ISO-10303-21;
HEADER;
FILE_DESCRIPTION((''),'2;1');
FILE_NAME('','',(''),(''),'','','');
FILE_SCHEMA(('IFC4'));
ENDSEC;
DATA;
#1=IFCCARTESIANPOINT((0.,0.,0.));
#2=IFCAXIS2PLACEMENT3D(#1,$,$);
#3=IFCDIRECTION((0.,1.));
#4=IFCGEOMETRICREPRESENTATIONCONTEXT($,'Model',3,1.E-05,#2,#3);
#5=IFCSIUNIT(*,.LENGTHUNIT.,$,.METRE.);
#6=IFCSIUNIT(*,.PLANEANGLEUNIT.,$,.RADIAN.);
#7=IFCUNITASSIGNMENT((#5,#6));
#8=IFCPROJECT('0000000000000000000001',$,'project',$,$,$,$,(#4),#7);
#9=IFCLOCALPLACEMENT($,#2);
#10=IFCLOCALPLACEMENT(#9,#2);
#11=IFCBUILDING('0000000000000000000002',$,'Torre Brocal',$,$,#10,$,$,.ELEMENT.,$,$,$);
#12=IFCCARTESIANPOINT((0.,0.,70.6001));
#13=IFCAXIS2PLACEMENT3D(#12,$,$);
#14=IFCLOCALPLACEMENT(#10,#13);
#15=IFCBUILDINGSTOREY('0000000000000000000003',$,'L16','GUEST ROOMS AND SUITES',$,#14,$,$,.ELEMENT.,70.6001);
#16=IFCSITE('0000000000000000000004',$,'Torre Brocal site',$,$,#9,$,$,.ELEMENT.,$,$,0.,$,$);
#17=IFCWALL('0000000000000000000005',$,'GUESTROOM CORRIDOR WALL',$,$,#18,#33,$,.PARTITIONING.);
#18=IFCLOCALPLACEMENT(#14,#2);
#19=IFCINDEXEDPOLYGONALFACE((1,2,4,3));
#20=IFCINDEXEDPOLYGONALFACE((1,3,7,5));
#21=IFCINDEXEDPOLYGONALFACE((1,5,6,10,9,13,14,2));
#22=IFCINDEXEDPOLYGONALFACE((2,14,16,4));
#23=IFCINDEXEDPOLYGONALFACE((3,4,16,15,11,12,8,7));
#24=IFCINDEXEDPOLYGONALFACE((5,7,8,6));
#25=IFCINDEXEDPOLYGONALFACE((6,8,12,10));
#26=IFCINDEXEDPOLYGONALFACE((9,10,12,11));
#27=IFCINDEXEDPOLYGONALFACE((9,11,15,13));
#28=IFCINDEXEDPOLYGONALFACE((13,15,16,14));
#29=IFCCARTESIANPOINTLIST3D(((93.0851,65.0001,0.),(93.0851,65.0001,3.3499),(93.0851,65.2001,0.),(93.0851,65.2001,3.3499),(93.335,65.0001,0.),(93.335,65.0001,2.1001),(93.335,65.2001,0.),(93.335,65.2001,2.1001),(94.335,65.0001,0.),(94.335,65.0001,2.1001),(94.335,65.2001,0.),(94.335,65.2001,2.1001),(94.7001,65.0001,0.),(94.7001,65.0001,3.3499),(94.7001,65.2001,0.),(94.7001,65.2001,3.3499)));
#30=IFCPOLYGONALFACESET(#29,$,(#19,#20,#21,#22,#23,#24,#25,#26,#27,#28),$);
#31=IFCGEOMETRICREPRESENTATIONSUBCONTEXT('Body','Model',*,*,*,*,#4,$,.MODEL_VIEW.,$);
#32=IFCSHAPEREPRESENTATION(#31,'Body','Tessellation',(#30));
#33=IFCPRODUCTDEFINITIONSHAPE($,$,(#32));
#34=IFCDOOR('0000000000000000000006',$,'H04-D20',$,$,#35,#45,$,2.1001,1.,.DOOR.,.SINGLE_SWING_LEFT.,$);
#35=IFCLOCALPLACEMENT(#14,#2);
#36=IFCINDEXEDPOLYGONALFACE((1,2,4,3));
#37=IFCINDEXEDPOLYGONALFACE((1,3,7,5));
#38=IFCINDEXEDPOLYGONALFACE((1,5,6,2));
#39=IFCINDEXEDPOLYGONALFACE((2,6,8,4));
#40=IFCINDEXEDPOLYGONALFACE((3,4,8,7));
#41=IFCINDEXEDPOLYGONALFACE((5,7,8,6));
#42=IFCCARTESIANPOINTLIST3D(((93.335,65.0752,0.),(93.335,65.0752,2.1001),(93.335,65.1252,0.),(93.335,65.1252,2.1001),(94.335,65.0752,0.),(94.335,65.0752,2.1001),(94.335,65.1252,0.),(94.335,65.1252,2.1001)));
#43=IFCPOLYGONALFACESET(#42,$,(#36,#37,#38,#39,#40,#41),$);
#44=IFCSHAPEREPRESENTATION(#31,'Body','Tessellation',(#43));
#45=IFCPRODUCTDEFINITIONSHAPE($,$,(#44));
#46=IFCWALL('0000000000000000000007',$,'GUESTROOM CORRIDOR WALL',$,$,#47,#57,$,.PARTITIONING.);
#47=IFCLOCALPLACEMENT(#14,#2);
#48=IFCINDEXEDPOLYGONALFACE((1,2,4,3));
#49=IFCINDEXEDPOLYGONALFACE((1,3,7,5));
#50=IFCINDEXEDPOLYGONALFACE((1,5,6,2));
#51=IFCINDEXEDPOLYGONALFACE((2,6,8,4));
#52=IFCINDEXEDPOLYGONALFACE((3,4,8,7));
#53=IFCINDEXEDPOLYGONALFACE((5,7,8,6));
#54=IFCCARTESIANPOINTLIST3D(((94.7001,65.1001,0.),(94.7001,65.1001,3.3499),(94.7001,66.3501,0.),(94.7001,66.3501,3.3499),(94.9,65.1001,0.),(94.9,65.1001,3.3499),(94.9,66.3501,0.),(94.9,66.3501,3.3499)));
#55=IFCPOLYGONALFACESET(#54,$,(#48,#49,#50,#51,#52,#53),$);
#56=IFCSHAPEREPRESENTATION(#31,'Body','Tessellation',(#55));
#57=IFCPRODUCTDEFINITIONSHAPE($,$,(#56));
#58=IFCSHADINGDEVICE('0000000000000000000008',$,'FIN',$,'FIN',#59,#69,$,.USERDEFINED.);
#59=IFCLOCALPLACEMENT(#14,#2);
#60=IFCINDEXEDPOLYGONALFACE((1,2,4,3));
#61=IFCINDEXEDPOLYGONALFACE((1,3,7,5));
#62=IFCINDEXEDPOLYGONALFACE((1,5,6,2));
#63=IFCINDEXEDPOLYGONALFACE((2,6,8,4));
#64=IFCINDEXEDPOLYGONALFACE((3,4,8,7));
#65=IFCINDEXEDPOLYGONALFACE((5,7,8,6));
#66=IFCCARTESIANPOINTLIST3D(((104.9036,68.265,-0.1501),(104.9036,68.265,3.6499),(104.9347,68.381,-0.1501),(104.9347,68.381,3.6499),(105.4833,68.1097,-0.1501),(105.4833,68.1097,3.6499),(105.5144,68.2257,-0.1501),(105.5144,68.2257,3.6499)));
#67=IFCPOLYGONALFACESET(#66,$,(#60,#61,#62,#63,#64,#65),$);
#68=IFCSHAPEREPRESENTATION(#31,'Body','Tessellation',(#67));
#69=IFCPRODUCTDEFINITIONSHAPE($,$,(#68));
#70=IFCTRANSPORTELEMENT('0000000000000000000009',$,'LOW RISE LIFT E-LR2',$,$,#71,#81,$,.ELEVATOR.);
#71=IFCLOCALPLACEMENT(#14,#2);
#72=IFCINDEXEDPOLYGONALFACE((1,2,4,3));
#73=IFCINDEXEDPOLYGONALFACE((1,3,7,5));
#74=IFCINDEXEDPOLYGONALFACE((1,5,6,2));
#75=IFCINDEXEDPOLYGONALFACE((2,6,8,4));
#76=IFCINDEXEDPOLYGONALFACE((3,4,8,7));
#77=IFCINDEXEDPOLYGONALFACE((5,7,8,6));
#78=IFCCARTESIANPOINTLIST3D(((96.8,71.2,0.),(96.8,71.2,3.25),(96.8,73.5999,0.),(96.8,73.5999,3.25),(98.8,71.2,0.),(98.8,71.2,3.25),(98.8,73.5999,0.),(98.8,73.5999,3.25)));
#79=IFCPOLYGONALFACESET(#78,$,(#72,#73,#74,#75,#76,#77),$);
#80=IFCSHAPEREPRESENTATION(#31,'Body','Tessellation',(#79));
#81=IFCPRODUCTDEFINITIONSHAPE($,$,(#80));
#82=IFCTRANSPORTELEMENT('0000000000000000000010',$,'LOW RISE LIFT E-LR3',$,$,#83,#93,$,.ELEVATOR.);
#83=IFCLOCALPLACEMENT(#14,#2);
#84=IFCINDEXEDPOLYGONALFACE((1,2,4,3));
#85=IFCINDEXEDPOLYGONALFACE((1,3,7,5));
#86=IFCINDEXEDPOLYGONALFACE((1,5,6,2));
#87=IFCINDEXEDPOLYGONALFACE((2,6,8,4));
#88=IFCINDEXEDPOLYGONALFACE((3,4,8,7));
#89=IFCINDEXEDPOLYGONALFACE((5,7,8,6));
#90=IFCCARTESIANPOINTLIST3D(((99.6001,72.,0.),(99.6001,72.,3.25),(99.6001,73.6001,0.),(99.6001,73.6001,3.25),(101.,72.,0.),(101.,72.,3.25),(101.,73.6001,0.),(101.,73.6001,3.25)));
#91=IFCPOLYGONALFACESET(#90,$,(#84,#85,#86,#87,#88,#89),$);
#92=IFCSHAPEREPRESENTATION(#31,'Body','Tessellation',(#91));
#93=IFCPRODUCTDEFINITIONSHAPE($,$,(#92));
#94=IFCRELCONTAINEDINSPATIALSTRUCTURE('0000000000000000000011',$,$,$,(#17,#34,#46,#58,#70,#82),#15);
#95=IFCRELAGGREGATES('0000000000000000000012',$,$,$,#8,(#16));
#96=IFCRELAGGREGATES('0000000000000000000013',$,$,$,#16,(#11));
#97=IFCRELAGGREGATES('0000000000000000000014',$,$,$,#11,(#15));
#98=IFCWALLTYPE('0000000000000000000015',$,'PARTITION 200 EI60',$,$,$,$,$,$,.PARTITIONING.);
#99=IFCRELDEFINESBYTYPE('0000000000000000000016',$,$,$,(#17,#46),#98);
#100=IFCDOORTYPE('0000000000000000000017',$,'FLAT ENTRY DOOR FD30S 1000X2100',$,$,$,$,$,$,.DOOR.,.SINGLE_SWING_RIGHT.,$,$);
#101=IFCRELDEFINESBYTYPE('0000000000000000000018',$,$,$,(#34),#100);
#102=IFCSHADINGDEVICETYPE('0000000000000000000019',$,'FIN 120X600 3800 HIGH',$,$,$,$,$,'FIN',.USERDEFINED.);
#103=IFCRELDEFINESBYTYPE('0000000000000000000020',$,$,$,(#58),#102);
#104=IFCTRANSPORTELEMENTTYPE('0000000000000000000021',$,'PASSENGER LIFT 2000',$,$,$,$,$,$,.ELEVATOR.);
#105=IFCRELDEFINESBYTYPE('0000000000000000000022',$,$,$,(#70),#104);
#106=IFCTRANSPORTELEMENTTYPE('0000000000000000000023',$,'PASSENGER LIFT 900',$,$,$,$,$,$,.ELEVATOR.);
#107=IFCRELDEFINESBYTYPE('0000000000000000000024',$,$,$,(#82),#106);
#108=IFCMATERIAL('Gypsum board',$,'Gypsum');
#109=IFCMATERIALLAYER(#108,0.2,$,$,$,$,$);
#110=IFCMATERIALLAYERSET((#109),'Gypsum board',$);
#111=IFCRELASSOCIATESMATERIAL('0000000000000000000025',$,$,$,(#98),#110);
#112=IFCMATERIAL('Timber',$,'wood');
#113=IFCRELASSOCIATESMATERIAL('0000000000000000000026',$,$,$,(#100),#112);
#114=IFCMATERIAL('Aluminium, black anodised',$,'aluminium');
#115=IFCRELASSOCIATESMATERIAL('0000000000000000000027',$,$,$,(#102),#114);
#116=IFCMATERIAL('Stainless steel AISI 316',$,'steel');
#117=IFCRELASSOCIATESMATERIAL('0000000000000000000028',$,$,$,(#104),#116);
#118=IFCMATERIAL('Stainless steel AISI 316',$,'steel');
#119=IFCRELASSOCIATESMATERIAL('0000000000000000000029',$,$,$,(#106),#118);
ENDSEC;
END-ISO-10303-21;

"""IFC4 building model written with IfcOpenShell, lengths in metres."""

from ifc_helpers import new_model, si_unit, direction, frame, frame_2d, origin, origin_2d, place, context, subcontext, project, spatial, rectangle, extrude, material, layer, layer_set, material_profile, profile_set, type_object, element, fill, save


model = new_model("IFC4")

# Units and contexts
model_context = context("Model", 3, precision=1e-05, world=origin(), true_north=direction((0.0, 1.0)))
body_context = subcontext(model_context, "Body", "Model", "MODEL_VIEW")
ifc_project = project(units=[si_unit("LENGTHUNIT", "METRE"), si_unit("PLANEANGLEUNIT", "RADIAN")], contexts=[model_context])

# Site, building, storey
site_placement = place(None, origin())
site = spatial("IfcSite", under=ifc_project, at=site_placement, Name="Torre Brocal site", CompositionType="ELEMENT", RefElevation=0.0)
building_placement = place(site_placement, origin())
building = spatial("IfcBuilding", under=site, at=building_placement, Name="Torre Brocal", CompositionType="ELEMENT")
storey_placement = place(building_placement, frame((0.0, 0.0, 70.6001)))
storey = spatial("IfcBuildingStorey", under=building, at=storey_placement, Name="L16", Description="GUEST ROOMS AND SUITES", CompositionType="ELEMENT", Elevation=70.6001)

# Wall, opening, door
ifc_material_1 = material(Name="Gypsum board", Category="Gypsum")
ifc_layer_1 = layer(ifc_material_1, 0.2)
ifc_layer_set_1 = layer_set([ifc_layer_1], Name="Gypsum board")
wall_type_1 = type_object("IfcWallType", Name="PARTITION 200 EI60", PredefinedType="PARTITIONING", material=ifc_layer_set_1)
wall_1_placement = place(storey_placement, frame((93.085, 65.1001, 0.0), z_axis=(0.0, 0.0, 1.0), x_axis=(1.0, 0.0, 0.0)))
wall_1 = element("IfcWall", 1, at=wall_1_placement, inside=storey, type_object=wall_type_1, Name="GUESTROOM CORRIDOR WALL", PredefinedType="PARTITIONING", context=body_context, shape_type="SweptSolid", body=[
    extrude(rectangle(XDim=1.615, YDim=0.2, at=frame_2d((0.8076, 0.0))), origin(), (0.0, 0.0, 1.0), 3.3499),
])
opening_1_placement = place(wall_1_placement, frame((0.25, 0.0, 0.0)))
opening_1 = element("IfcOpeningElement", 2, at=opening_1_placement, cuts=wall_1, PredefinedType="OPENING", context=body_context, shape_type="SweptSolid", body=[
    extrude(rectangle(XDim=1.0, YDim=2.1001, at=frame_2d((0.5, 1.05))), frame((0.0, 0.1099, 0.0), z_axis=(0.0, -1.0, 0.0), x_axis=(1.0, 0.0, 0.0)), (0.0, 0.0, 1.0), 0.22),
])
ifc_material_2 = material(Name="Timber", Category="wood")
door_type_1 = type_object("IfcDoorType", Name="FLAT ENTRY DOOR FD30S 1000X2100", OperationType="SINGLE_SWING_RIGHT", PredefinedType="DOOR", material=ifc_material_2)
door_1_placement = place(opening_1_placement, frame((1.0, 0.0, 0.0), z_axis=(0.0, 0.0, 1.0), x_axis=(-1.0, 0.0, 0.0)))
door_1 = element("IfcDoor", 3, at=door_1_placement, inside=storey, type_object=door_type_1, Name="H04-D20", OperationType="SINGLE_SWING_LEFT", OverallHeight=2.1001, OverallWidth=1.0, PredefinedType="DOOR", context=body_context, shape_type="SweptSolid", body=[
    extrude(rectangle(XDim=1.0, YDim=2.1001, at=frame_2d((0.5, 1.05))), frame((0.0, 0.0249, 0.0), z_axis=(0.0, -1.0, 0.0), x_axis=(1.0, 0.0, 0.0)), (0.0, 0.0, 1.0), 0.05),
])
fill(opening_1, door_1)

# Wall
wall_2_placement = place(storey_placement, frame((94.8, 65.1001, 0.0), z_axis=(0.0, 0.0, 1.0), x_axis=(0.0, 1.0, 0.0)))
element("IfcWall", 4, at=wall_2_placement, inside=storey, type_object=wall_type_1, Name="GUESTROOM CORRIDOR WALL", PredefinedType="PARTITIONING", context=body_context, shape_type="SweptSolid", body=[
    extrude(rectangle(XDim=1.25, YDim=0.2, at=frame_2d((0.625, 0.0))), origin(), (0.0, 0.0, 1.0), 3.3499),
])

# Shading device
ifc_material_3 = material(Name="Aluminium, black anodised", Category="aluminium")
ifc_material_profile_1 = material_profile(ifc_material_3, rectangle(XDim=0.1201, YDim=0.6001, at=origin_2d()), Name="FIN 120X600 3800 HIGH")
ifc_profile_set_1 = profile_set([ifc_material_profile_1], Name="Aluminium, black anodised")
shading_device_type = type_object("IfcShadingDeviceType", Name="FIN 120X600 3800 HIGH", ElementType="FIN", PredefinedType="USERDEFINED", material=ifc_profile_set_1)
shading_device_placement = place(storey_placement, frame((105.209, 68.2454, -0.1501), z_axis=(0.0, 0.0, 1.0), x_axis=(0.258819, 0.965926, 0.0)))
element("IfcShadingDevice", 5, at=shading_device_placement, inside=storey, type_object=shading_device_type, Name="FIN", ObjectType="FIN", PredefinedType="USERDEFINED", context=body_context, shape_type="SweptSolid", body=[
    extrude(rectangle(XDim=0.1201, YDim=0.6001, at=origin_2d()), origin(), (0.0, 0.0, 1.0), 3.8),
])

# Transport elements
ifc_material_4 = material(Name="Stainless steel AISI 316", Category="steel")
transport_element_type_1 = type_object("IfcTransportElementType", Name="PASSENGER LIFT 2000", PredefinedType="ELEVATOR", material=ifc_material_4)
transport_element_1_placement = place(storey_placement, frame((97.8, 72.3999, 0.0), z_axis=(0.0, 0.0, 1.0), x_axis=(1.0, 0.0, 0.0)))
element("IfcTransportElement", 6, at=transport_element_1_placement, inside=storey, type_object=transport_element_type_1, Name="LOW RISE LIFT E-LR2", PredefinedType="ELEVATOR", context=body_context, shape_type="SweptSolid", body=[
    extrude(rectangle(XDim=2.0, YDim=2.3999, at=origin_2d()), origin(), (0.0, 0.0, 1.0), 3.25),
])
ifc_material_5 = material(Name="Stainless steel AISI 316", Category="steel")
transport_element_type_2 = type_object("IfcTransportElementType", Name="PASSENGER LIFT 900", PredefinedType="ELEVATOR", material=ifc_material_5)
transport_element_2_placement = place(storey_placement, frame((100.3, 72.8, 0.0), z_axis=(0.0, 0.0, 1.0), x_axis=(1.0, 0.0, 0.0)))
element("IfcTransportElement", 7, at=transport_element_2_placement, inside=storey, type_object=transport_element_type_2, Name="LOW RISE LIFT E-LR3", PredefinedType="ELEVATOR", context=body_context, shape_type="SweptSolid", body=[
    extrude(rectangle(XDim=1.3999, YDim=1.6001, at=origin_2d()), origin(), (0.0, 0.0, 1.0), 3.25),
])

save(model, "model.ifc")
